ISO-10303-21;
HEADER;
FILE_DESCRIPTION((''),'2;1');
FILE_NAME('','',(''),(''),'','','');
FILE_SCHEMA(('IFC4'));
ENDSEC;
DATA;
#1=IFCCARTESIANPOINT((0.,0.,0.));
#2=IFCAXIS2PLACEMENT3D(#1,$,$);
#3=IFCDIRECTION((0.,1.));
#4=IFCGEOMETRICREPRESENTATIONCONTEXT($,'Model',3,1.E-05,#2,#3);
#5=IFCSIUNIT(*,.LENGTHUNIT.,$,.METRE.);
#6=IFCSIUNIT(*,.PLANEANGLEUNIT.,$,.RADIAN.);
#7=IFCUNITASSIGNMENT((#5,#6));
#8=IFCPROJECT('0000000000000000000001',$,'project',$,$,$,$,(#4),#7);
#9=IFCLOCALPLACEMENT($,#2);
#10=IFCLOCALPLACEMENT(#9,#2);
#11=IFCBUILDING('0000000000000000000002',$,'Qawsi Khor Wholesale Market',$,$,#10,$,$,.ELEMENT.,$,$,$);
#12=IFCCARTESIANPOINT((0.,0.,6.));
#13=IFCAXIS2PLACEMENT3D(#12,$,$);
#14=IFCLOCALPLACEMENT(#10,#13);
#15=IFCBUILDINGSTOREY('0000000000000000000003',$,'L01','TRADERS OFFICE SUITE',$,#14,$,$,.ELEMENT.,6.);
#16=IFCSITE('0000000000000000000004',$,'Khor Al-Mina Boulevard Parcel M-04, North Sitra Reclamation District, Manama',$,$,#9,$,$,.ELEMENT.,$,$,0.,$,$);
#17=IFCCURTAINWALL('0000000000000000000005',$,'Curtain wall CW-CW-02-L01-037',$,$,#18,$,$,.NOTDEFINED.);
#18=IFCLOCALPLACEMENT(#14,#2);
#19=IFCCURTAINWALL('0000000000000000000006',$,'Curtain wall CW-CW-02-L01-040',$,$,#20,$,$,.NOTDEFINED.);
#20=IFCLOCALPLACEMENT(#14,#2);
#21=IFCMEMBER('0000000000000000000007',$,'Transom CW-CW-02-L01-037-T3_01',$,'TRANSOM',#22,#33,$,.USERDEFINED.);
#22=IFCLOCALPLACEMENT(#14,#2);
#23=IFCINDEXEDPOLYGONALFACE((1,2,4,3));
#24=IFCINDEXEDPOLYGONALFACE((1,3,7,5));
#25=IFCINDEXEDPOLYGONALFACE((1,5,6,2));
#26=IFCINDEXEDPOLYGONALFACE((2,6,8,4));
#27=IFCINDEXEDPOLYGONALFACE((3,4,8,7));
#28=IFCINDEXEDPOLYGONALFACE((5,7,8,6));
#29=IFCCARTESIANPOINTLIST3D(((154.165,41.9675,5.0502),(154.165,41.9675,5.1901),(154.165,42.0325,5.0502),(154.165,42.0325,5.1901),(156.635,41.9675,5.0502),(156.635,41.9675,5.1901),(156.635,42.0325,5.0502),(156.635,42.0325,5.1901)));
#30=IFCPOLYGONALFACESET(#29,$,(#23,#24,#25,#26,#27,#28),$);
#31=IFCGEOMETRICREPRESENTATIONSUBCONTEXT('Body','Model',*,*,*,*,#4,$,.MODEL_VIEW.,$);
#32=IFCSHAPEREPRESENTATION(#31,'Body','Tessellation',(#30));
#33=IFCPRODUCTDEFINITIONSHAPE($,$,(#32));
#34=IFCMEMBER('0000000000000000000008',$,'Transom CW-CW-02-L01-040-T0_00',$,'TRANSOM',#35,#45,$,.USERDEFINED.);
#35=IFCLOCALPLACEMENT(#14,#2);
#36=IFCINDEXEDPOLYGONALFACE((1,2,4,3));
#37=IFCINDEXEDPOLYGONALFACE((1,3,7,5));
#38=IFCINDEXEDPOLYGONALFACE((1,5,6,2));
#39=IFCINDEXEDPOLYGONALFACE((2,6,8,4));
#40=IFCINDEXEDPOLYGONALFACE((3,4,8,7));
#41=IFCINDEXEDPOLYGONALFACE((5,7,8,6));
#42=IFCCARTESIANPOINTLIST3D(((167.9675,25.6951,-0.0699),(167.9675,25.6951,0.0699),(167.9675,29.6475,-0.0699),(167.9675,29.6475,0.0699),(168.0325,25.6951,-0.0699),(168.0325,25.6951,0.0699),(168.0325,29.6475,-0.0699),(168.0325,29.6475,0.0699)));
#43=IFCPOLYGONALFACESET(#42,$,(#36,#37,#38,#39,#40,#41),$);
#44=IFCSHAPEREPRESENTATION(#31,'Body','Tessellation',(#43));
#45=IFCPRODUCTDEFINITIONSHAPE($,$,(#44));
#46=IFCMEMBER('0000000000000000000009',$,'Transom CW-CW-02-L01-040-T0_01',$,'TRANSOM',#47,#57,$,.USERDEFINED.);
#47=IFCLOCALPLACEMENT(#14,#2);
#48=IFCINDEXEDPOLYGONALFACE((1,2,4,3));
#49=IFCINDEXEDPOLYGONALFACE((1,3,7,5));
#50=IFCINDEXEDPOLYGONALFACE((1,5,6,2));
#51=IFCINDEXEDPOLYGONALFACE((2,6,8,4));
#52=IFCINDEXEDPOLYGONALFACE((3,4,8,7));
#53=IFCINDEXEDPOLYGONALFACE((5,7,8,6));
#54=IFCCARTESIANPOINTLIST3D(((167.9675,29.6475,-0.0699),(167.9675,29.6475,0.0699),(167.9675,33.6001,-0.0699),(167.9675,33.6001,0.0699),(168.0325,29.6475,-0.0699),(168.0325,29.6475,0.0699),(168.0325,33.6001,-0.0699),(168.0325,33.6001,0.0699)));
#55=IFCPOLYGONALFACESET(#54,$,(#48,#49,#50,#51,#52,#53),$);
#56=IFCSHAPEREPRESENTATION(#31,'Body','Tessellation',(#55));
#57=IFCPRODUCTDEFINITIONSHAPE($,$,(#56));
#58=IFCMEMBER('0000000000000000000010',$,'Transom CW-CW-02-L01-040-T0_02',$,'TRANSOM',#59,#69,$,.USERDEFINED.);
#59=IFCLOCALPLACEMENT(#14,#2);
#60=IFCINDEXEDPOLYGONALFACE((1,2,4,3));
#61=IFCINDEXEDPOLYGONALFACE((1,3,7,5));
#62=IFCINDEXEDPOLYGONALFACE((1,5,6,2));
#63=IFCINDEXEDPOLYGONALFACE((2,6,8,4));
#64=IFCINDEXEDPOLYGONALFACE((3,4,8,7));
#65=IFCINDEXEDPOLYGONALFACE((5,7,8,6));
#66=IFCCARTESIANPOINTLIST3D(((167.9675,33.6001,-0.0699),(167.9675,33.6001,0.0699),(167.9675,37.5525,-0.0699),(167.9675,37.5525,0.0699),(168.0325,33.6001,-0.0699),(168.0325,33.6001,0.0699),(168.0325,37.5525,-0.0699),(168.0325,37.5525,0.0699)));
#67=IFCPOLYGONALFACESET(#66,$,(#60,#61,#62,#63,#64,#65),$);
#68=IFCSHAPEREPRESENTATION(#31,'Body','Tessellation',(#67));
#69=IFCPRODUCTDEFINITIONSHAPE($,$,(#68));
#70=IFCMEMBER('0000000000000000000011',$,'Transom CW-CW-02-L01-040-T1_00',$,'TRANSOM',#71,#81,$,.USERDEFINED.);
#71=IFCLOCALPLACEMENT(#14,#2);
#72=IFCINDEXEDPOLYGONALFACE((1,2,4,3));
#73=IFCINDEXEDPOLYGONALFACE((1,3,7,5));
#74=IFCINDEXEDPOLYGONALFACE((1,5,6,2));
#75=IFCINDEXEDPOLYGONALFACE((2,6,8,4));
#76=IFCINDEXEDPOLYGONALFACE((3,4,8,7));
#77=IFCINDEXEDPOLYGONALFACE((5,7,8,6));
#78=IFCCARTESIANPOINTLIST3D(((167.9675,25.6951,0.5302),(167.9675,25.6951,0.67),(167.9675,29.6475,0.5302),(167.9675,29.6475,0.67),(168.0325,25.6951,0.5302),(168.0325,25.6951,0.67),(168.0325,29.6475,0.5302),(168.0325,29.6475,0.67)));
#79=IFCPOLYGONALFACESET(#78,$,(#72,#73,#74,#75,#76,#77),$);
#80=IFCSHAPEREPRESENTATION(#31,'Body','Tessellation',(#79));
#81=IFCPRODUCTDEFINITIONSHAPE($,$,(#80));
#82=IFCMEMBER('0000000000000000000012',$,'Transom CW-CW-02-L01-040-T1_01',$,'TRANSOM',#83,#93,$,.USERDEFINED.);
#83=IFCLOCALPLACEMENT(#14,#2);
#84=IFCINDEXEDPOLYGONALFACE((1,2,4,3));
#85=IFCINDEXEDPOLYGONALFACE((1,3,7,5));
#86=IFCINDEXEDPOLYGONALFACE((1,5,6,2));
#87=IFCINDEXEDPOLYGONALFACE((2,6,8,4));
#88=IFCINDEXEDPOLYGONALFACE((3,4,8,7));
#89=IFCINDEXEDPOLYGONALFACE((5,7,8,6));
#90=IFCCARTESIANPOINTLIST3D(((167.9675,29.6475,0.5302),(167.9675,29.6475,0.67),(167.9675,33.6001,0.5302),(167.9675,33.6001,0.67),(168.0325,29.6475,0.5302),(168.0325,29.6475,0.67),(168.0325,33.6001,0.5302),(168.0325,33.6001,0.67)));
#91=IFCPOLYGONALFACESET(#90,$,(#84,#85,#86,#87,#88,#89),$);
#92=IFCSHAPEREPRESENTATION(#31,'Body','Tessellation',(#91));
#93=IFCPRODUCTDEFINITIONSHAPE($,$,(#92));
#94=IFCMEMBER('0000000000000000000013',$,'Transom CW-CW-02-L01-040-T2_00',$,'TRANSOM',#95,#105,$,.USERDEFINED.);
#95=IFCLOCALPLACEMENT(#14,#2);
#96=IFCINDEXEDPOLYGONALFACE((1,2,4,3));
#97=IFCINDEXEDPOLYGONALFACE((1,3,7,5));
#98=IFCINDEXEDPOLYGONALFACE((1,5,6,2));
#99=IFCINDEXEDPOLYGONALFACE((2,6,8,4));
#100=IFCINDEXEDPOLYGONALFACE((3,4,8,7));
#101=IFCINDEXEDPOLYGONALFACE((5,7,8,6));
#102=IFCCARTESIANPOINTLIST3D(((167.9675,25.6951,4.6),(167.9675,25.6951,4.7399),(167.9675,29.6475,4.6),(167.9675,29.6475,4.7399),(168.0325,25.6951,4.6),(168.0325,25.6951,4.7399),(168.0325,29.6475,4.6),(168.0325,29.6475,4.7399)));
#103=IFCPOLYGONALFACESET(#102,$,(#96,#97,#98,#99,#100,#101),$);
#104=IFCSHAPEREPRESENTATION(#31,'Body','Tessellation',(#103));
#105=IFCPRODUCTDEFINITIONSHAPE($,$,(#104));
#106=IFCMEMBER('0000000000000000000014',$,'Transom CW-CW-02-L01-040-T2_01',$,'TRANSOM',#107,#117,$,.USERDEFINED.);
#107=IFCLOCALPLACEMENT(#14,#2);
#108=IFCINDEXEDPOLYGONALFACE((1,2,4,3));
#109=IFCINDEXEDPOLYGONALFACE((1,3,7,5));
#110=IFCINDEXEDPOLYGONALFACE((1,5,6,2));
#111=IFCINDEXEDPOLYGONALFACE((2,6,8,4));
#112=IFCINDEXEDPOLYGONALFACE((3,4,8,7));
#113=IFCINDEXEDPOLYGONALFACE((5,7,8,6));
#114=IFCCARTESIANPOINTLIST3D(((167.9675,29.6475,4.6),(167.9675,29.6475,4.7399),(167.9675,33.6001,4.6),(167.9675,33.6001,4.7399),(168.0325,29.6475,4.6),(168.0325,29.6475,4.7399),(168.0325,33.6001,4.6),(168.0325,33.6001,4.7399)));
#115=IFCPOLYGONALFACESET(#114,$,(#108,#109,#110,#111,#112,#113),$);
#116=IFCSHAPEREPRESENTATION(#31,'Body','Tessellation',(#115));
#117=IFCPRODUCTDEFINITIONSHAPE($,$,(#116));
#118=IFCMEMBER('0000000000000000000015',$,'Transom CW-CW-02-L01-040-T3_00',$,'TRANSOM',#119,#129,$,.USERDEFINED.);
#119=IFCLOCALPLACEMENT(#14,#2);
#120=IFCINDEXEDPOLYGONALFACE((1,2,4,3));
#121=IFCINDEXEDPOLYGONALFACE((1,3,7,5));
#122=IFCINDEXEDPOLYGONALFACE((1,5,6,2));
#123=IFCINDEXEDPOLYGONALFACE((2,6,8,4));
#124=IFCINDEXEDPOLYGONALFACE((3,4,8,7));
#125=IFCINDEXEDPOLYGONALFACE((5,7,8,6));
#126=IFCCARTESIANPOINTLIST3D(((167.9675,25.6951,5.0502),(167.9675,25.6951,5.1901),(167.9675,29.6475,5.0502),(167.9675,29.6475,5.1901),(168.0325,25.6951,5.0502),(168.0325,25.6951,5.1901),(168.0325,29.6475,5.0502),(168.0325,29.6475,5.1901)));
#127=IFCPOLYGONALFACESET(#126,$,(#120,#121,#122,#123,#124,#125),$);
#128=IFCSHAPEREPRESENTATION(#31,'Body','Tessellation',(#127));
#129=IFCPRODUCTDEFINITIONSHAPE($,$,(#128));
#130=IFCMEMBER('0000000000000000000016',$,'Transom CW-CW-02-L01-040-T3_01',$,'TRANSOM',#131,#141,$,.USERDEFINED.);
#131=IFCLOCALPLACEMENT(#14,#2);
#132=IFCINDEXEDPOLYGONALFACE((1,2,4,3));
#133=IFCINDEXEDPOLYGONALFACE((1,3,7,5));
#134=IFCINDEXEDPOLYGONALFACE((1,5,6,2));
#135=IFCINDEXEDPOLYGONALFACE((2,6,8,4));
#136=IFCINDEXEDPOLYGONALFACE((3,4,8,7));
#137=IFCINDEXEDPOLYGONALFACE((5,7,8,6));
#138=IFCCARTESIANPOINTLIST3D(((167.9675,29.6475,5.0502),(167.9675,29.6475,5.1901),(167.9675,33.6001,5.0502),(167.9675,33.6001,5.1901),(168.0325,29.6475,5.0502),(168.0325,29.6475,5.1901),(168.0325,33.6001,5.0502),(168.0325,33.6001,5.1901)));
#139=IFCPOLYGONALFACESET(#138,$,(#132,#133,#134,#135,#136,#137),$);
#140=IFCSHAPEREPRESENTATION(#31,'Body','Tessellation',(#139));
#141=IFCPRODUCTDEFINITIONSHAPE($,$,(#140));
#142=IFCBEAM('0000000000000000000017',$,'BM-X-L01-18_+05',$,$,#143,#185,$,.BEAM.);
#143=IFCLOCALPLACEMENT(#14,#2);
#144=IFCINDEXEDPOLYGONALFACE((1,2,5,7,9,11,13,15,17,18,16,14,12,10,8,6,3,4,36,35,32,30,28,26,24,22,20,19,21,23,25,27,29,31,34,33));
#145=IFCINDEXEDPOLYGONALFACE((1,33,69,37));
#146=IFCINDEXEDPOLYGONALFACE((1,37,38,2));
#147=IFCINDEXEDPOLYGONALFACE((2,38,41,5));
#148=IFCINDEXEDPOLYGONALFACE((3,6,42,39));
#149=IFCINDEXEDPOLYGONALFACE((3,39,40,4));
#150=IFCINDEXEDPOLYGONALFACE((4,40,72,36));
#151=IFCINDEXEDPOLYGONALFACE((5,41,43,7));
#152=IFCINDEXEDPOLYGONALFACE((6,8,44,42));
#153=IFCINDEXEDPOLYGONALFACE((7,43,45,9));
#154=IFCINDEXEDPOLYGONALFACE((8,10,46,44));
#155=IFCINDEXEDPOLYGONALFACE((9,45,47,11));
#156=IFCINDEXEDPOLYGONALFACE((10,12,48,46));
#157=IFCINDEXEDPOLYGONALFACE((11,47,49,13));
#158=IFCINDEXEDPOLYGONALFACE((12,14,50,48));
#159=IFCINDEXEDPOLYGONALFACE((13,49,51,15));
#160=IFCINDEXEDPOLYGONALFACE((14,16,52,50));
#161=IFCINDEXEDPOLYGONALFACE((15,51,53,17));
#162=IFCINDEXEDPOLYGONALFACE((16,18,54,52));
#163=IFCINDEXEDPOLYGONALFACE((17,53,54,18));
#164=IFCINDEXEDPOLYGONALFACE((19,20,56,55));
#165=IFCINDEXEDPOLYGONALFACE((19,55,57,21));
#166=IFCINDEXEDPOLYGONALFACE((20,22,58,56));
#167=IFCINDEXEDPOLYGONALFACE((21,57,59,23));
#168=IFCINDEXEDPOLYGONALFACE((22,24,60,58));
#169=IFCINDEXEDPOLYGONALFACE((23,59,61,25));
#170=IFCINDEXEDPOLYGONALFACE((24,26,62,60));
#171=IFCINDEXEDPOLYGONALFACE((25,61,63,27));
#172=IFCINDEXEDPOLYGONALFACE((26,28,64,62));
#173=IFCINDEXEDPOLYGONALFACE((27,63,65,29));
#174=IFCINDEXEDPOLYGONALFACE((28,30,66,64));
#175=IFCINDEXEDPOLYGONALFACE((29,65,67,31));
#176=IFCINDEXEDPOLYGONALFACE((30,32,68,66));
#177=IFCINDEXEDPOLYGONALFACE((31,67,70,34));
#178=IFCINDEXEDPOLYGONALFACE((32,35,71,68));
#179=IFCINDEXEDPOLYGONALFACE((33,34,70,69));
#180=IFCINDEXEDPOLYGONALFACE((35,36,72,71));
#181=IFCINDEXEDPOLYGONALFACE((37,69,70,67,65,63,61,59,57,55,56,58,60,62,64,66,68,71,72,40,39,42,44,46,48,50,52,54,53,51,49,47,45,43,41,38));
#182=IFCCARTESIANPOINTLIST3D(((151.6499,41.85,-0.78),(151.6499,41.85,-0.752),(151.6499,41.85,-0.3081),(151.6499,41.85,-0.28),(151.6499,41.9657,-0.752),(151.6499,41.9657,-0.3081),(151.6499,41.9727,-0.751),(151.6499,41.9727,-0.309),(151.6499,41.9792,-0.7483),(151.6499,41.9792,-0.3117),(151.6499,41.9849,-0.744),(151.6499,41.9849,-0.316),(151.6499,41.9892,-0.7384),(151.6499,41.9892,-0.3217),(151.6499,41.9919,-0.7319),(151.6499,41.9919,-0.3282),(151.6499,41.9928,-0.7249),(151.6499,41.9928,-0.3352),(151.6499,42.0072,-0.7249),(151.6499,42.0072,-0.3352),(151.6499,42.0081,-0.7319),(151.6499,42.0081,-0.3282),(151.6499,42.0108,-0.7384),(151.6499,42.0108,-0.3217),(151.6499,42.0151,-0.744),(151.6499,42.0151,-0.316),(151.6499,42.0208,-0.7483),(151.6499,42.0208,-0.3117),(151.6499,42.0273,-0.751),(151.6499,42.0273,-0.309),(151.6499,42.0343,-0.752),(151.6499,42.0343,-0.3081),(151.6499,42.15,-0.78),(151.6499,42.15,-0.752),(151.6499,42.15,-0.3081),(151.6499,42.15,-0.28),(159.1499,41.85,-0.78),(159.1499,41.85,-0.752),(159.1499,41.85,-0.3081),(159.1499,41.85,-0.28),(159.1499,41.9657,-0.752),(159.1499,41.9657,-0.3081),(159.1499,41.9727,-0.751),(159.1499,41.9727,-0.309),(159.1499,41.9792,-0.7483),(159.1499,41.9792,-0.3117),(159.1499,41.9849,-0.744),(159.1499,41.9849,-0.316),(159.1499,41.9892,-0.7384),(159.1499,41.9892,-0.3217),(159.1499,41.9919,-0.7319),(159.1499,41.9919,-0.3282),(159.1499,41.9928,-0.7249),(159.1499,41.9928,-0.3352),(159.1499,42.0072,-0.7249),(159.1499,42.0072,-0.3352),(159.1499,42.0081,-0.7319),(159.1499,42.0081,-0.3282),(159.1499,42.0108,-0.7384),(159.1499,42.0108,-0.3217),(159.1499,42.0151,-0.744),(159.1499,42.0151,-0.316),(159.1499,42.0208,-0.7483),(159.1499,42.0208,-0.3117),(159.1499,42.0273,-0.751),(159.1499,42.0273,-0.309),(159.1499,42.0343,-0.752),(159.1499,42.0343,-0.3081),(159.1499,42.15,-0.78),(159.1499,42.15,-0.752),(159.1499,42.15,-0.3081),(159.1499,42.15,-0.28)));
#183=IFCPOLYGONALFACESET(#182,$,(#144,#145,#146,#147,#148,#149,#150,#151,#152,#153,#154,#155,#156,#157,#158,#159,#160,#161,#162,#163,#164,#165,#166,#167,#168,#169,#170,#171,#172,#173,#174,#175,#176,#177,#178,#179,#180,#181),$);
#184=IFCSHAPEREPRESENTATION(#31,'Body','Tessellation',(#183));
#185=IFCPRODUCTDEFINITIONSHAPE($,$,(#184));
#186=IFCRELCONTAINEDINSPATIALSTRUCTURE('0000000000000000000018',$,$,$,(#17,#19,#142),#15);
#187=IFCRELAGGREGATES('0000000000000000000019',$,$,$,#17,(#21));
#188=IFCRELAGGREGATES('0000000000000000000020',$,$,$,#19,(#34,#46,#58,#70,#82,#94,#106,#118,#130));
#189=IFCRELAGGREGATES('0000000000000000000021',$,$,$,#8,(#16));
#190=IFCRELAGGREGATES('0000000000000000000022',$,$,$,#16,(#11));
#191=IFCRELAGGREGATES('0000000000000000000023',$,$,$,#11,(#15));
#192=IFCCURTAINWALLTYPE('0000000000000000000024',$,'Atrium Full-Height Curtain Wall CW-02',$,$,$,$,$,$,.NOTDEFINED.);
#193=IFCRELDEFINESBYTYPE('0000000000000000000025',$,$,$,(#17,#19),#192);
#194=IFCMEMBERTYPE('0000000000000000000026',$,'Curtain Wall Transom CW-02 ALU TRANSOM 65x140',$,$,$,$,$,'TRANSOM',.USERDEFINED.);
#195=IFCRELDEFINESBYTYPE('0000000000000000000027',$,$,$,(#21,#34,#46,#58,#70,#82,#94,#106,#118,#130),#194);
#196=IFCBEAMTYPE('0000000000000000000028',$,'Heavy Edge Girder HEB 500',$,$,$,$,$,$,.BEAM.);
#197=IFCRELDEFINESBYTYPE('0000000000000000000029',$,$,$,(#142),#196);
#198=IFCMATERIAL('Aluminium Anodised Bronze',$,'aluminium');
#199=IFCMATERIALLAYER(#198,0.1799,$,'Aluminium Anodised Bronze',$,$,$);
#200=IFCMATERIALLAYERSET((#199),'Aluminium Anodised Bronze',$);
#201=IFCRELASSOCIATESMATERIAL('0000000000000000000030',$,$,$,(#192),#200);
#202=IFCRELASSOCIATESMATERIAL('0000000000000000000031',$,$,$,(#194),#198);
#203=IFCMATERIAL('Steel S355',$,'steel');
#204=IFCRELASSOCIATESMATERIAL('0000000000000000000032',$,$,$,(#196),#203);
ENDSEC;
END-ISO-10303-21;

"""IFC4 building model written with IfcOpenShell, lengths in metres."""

from ifc_helpers import new_model, si_unit, direction, frame, origin, origin_2d, place, context, subcontext, project, spatial, rectangle, i_section, extrude, material, layer, layer_set, material_profile, profile_set, type_object, element, aggregate, save


model = new_model("IFC4")

# Units and contexts
model_context = context("Model", 3, precision=1e-05, world=origin(), true_north=direction((0.0, 1.0)))
body_context = subcontext(model_context, "Body", "Model", "MODEL_VIEW")
ifc_project = project(units=[si_unit("LENGTHUNIT", "METRE"), si_unit("PLANEANGLEUNIT", "RADIAN")], contexts=[model_context])

# Site, building, storey
site_placement = place(None, origin())
site = spatial("IfcSite", under=ifc_project, at=site_placement, Name="Khor Al-Mina Boulevard Parcel M-04, North Sitra Reclamation District, Manama", CompositionType="ELEMENT", RefElevation=0.0)
building_placement = place(site_placement, origin())
building = spatial("IfcBuilding", under=site, at=building_placement, Name="Qawsi Khor Wholesale Market", CompositionType="ELEMENT")
storey_placement = place(building_placement, frame((0.0, 0.0, 6.0)))
storey = spatial("IfcBuildingStorey", under=building, at=storey_placement, Name="L01", Description="TRADERS OFFICE SUITE", CompositionType="ELEMENT", Elevation=6.0)

# Shared definitions
ifc_material_1 = material(Name="Aluminium Anodised Bronze", Category="aluminium")
ifc_layer_1 = layer(ifc_material_1, 0.1799, Name="Aluminium Anodised Bronze")
ifc_layer_set_1 = layer_set([ifc_layer_1], Name="Aluminium Anodised Bronze")
curtain_wall_type = type_object("IfcCurtainWallType", Name="Atrium Full-Height Curtain Wall CW-02", PredefinedType="NOTDEFINED", material=ifc_layer_set_1)

# Curtain walls
curtain_wall_1_placement = place(storey_placement, origin())
curtain_wall_1 = element("IfcCurtainWall", 1, at=curtain_wall_1_placement, inside=storey, type_object=curtain_wall_type, Name="Curtain wall CW-CW-02-L01-037", PredefinedType="NOTDEFINED")
curtain_wall_2_placement = place(storey_placement, origin())
curtain_wall_2 = element("IfcCurtainWall", 2, at=curtain_wall_2_placement, inside=storey, type_object=curtain_wall_type, Name="Curtain wall CW-CW-02-L01-040", PredefinedType="NOTDEFINED")

# Members
ifc_material_profile_1 = material_profile(ifc_material_1, rectangle(XDim=0.0649, YDim=0.1399, at=origin_2d()), Name="ALU TRANSOM 65x140")
ifc_profile_set_1 = profile_set([ifc_material_profile_1], Name="Aluminium Anodised Bronze")
member_type_1 = type_object("IfcMemberType", Name="Curtain Wall Transom CW-02 ALU TRANSOM 65x140", ElementType="TRANSOM", PredefinedType="USERDEFINED", material=ifc_profile_set_1)
member_1_placement = place(storey_placement, frame((154.165, 42.0, 5.1201), z_axis=(1.0, 0.0, 0.0), x_axis=(0.0, 1.0, 0.0)))
member_1 = element("IfcMember", 3, at=member_1_placement, type_object=member_type_1, Name="Transom CW-CW-02-L01-037-T3_01", ObjectType="TRANSOM", PredefinedType="USERDEFINED", context=body_context, shape_type="SweptSolid", body=[
    extrude(rectangle(XDim=0.0649, YDim=0.1399, at=origin_2d()), origin(), (0.0, 0.0, 1.0), 2.47),
])
member_2_placement = place(storey_placement, frame((168.0, 25.6951, 0.0), z_axis=(0.0, 1.0, 0.0), x_axis=(-1.0, 0.0, 0.0)))
member_2 = element("IfcMember", 4, at=member_2_placement, type_object=member_type_1, Name="Transom CW-CW-02-L01-040-T0_00", ObjectType="TRANSOM", PredefinedType="USERDEFINED", context=body_context, shape_type="SweptSolid", body=[
    extrude(rectangle(XDim=0.0649, YDim=0.1399, at=origin_2d()), origin(), (0.0, 0.0, 1.0), 3.9524),
])
member_3_placement = place(storey_placement, frame((168.0, 29.6475, 0.0), z_axis=(0.0, 1.0, 0.0), x_axis=(-1.0, 0.0, 0.0)))
member_3 = element("IfcMember", 5, at=member_3_placement, type_object=member_type_1, Name="Transom CW-CW-02-L01-040-T0_01", ObjectType="TRANSOM", PredefinedType="USERDEFINED", context=body_context, shape_type="SweptSolid", body=[
    extrude(rectangle(XDim=0.0649, YDim=0.1399, at=origin_2d()), origin(), (0.0, 0.0, 1.0), 3.9526),
])
member_4_placement = place(storey_placement, frame((168.0, 33.6001, 0.0), z_axis=(0.0, 1.0, 0.0), x_axis=(-1.0, 0.0, 0.0)))
member_4 = element("IfcMember", 6, at=member_4_placement, type_object=member_type_1, Name="Transom CW-CW-02-L01-040-T0_02", ObjectType="TRANSOM", PredefinedType="USERDEFINED", context=body_context, shape_type="SweptSolid", body=[
    extrude(rectangle(XDim=0.0649, YDim=0.1399, at=origin_2d()), origin(), (0.0, 0.0, 1.0), 3.9524),
])
member_5_placement = place(storey_placement, frame((168.0, 25.6951, 0.6001), z_axis=(0.0, 1.0, 0.0), x_axis=(-1.0, 0.0, 0.0)))
member_5 = element("IfcMember", 7, at=member_5_placement, type_object=member_type_1, Name="Transom CW-CW-02-L01-040-T1_00", ObjectType="TRANSOM", PredefinedType="USERDEFINED", context=body_context, shape_type="SweptSolid", body=[
    extrude(rectangle(XDim=0.0649, YDim=0.1399, at=origin_2d()), origin(), (0.0, 0.0, 1.0), 3.9524),
])
member_6_placement = place(storey_placement, frame((168.0, 29.6475, 0.6001), z_axis=(0.0, 1.0, 0.0), x_axis=(-1.0, 0.0, 0.0)))
member_6 = element("IfcMember", 8, at=member_6_placement, type_object=member_type_1, Name="Transom CW-CW-02-L01-040-T1_01", ObjectType="TRANSOM", PredefinedType="USERDEFINED", context=body_context, shape_type="SweptSolid", body=[
    extrude(rectangle(XDim=0.0649, YDim=0.1399, at=origin_2d()), origin(), (0.0, 0.0, 1.0), 3.9526),
])
member_7_placement = place(storey_placement, frame((168.0, 25.6951, 4.6699), z_axis=(0.0, 1.0, 0.0), x_axis=(-1.0, 0.0, 0.0)))
member_7 = element("IfcMember", 9, at=member_7_placement, type_object=member_type_1, Name="Transom CW-CW-02-L01-040-T2_00", ObjectType="TRANSOM", PredefinedType="USERDEFINED", context=body_context, shape_type="SweptSolid", body=[
    extrude(rectangle(XDim=0.0649, YDim=0.1399, at=origin_2d()), origin(), (0.0, 0.0, 1.0), 3.9524),
])
member_8_placement = place(storey_placement, frame((168.0, 29.6475, 4.6699), z_axis=(0.0, 1.0, 0.0), x_axis=(-1.0, 0.0, 0.0)))
member_8 = element("IfcMember", 10, at=member_8_placement, type_object=member_type_1, Name="Transom CW-CW-02-L01-040-T2_01", ObjectType="TRANSOM", PredefinedType="USERDEFINED", context=body_context, shape_type="SweptSolid", body=[
    extrude(rectangle(XDim=0.0649, YDim=0.1399, at=origin_2d()), origin(), (0.0, 0.0, 1.0), 3.9526),
])
member_9_placement = place(storey_placement, frame((168.0, 25.6951, 5.1201), z_axis=(0.0, 1.0, 0.0), x_axis=(-1.0, 0.0, 0.0)))
member_9 = element("IfcMember", 11, at=member_9_placement, type_object=member_type_1, Name="Transom CW-CW-02-L01-040-T3_00", ObjectType="TRANSOM", PredefinedType="USERDEFINED", context=body_context, shape_type="SweptSolid", body=[
    extrude(rectangle(XDim=0.0649, YDim=0.1399, at=origin_2d()), origin(), (0.0, 0.0, 1.0), 3.9524),
])
member_10_placement = place(storey_placement, frame((168.0, 29.6475, 5.1201), z_axis=(0.0, 1.0, 0.0), x_axis=(-1.0, 0.0, 0.0)))
member_10 = element("IfcMember", 12, at=member_10_placement, type_object=member_type_1, Name="Transom CW-CW-02-L01-040-T3_01", ObjectType="TRANSOM", PredefinedType="USERDEFINED", context=body_context, shape_type="SweptSolid", body=[
    extrude(rectangle(XDim=0.0649, YDim=0.1399, at=origin_2d()), origin(), (0.0, 0.0, 1.0), 3.9526),
])

# Beam
ifc_material_2 = material(Name="Steel S355", Category="steel")
ifc_material_profile_2 = material_profile(ifc_material_2, i_section(OverallWidth=0.3, OverallDepth=0.5, WebThickness=0.0144, FlangeThickness=0.0281, FilletRadius=0.0271, at=origin_2d()), Name="HEB 500")
ifc_profile_set_2 = profile_set([ifc_material_profile_2], Name="Steel S355")
beam_type_1 = type_object("IfcBeamType", Name="Heavy Edge Girder HEB 500", PredefinedType="BEAM", material=ifc_profile_set_2)
beam_1_placement = place(storey_placement, frame((151.6499, 42.0, -0.53), z_axis=(1.0, 0.0, 0.0), x_axis=(0.0, 1.0, 0.0)))
element("IfcBeam", 13, at=beam_1_placement, inside=storey, type_object=beam_type_1, Name="BM-X-L01-18_+05", PredefinedType="BEAM", context=body_context, shape_type="SweptSolid", body=[
    extrude(i_section(OverallWidth=0.3, OverallDepth=0.5, WebThickness=0.0144, FlangeThickness=0.0281, FilletRadius=0.0271, at=origin_2d()), origin(), (0.0, 0.0, 1.0), 7.5),
])

aggregate(curtain_wall_1, [member_1])
aggregate(curtain_wall_2, [member_2, member_3, member_4, member_5, member_6, member_7, member_8, member_9, member_10])

save(model, "model.ifc")
